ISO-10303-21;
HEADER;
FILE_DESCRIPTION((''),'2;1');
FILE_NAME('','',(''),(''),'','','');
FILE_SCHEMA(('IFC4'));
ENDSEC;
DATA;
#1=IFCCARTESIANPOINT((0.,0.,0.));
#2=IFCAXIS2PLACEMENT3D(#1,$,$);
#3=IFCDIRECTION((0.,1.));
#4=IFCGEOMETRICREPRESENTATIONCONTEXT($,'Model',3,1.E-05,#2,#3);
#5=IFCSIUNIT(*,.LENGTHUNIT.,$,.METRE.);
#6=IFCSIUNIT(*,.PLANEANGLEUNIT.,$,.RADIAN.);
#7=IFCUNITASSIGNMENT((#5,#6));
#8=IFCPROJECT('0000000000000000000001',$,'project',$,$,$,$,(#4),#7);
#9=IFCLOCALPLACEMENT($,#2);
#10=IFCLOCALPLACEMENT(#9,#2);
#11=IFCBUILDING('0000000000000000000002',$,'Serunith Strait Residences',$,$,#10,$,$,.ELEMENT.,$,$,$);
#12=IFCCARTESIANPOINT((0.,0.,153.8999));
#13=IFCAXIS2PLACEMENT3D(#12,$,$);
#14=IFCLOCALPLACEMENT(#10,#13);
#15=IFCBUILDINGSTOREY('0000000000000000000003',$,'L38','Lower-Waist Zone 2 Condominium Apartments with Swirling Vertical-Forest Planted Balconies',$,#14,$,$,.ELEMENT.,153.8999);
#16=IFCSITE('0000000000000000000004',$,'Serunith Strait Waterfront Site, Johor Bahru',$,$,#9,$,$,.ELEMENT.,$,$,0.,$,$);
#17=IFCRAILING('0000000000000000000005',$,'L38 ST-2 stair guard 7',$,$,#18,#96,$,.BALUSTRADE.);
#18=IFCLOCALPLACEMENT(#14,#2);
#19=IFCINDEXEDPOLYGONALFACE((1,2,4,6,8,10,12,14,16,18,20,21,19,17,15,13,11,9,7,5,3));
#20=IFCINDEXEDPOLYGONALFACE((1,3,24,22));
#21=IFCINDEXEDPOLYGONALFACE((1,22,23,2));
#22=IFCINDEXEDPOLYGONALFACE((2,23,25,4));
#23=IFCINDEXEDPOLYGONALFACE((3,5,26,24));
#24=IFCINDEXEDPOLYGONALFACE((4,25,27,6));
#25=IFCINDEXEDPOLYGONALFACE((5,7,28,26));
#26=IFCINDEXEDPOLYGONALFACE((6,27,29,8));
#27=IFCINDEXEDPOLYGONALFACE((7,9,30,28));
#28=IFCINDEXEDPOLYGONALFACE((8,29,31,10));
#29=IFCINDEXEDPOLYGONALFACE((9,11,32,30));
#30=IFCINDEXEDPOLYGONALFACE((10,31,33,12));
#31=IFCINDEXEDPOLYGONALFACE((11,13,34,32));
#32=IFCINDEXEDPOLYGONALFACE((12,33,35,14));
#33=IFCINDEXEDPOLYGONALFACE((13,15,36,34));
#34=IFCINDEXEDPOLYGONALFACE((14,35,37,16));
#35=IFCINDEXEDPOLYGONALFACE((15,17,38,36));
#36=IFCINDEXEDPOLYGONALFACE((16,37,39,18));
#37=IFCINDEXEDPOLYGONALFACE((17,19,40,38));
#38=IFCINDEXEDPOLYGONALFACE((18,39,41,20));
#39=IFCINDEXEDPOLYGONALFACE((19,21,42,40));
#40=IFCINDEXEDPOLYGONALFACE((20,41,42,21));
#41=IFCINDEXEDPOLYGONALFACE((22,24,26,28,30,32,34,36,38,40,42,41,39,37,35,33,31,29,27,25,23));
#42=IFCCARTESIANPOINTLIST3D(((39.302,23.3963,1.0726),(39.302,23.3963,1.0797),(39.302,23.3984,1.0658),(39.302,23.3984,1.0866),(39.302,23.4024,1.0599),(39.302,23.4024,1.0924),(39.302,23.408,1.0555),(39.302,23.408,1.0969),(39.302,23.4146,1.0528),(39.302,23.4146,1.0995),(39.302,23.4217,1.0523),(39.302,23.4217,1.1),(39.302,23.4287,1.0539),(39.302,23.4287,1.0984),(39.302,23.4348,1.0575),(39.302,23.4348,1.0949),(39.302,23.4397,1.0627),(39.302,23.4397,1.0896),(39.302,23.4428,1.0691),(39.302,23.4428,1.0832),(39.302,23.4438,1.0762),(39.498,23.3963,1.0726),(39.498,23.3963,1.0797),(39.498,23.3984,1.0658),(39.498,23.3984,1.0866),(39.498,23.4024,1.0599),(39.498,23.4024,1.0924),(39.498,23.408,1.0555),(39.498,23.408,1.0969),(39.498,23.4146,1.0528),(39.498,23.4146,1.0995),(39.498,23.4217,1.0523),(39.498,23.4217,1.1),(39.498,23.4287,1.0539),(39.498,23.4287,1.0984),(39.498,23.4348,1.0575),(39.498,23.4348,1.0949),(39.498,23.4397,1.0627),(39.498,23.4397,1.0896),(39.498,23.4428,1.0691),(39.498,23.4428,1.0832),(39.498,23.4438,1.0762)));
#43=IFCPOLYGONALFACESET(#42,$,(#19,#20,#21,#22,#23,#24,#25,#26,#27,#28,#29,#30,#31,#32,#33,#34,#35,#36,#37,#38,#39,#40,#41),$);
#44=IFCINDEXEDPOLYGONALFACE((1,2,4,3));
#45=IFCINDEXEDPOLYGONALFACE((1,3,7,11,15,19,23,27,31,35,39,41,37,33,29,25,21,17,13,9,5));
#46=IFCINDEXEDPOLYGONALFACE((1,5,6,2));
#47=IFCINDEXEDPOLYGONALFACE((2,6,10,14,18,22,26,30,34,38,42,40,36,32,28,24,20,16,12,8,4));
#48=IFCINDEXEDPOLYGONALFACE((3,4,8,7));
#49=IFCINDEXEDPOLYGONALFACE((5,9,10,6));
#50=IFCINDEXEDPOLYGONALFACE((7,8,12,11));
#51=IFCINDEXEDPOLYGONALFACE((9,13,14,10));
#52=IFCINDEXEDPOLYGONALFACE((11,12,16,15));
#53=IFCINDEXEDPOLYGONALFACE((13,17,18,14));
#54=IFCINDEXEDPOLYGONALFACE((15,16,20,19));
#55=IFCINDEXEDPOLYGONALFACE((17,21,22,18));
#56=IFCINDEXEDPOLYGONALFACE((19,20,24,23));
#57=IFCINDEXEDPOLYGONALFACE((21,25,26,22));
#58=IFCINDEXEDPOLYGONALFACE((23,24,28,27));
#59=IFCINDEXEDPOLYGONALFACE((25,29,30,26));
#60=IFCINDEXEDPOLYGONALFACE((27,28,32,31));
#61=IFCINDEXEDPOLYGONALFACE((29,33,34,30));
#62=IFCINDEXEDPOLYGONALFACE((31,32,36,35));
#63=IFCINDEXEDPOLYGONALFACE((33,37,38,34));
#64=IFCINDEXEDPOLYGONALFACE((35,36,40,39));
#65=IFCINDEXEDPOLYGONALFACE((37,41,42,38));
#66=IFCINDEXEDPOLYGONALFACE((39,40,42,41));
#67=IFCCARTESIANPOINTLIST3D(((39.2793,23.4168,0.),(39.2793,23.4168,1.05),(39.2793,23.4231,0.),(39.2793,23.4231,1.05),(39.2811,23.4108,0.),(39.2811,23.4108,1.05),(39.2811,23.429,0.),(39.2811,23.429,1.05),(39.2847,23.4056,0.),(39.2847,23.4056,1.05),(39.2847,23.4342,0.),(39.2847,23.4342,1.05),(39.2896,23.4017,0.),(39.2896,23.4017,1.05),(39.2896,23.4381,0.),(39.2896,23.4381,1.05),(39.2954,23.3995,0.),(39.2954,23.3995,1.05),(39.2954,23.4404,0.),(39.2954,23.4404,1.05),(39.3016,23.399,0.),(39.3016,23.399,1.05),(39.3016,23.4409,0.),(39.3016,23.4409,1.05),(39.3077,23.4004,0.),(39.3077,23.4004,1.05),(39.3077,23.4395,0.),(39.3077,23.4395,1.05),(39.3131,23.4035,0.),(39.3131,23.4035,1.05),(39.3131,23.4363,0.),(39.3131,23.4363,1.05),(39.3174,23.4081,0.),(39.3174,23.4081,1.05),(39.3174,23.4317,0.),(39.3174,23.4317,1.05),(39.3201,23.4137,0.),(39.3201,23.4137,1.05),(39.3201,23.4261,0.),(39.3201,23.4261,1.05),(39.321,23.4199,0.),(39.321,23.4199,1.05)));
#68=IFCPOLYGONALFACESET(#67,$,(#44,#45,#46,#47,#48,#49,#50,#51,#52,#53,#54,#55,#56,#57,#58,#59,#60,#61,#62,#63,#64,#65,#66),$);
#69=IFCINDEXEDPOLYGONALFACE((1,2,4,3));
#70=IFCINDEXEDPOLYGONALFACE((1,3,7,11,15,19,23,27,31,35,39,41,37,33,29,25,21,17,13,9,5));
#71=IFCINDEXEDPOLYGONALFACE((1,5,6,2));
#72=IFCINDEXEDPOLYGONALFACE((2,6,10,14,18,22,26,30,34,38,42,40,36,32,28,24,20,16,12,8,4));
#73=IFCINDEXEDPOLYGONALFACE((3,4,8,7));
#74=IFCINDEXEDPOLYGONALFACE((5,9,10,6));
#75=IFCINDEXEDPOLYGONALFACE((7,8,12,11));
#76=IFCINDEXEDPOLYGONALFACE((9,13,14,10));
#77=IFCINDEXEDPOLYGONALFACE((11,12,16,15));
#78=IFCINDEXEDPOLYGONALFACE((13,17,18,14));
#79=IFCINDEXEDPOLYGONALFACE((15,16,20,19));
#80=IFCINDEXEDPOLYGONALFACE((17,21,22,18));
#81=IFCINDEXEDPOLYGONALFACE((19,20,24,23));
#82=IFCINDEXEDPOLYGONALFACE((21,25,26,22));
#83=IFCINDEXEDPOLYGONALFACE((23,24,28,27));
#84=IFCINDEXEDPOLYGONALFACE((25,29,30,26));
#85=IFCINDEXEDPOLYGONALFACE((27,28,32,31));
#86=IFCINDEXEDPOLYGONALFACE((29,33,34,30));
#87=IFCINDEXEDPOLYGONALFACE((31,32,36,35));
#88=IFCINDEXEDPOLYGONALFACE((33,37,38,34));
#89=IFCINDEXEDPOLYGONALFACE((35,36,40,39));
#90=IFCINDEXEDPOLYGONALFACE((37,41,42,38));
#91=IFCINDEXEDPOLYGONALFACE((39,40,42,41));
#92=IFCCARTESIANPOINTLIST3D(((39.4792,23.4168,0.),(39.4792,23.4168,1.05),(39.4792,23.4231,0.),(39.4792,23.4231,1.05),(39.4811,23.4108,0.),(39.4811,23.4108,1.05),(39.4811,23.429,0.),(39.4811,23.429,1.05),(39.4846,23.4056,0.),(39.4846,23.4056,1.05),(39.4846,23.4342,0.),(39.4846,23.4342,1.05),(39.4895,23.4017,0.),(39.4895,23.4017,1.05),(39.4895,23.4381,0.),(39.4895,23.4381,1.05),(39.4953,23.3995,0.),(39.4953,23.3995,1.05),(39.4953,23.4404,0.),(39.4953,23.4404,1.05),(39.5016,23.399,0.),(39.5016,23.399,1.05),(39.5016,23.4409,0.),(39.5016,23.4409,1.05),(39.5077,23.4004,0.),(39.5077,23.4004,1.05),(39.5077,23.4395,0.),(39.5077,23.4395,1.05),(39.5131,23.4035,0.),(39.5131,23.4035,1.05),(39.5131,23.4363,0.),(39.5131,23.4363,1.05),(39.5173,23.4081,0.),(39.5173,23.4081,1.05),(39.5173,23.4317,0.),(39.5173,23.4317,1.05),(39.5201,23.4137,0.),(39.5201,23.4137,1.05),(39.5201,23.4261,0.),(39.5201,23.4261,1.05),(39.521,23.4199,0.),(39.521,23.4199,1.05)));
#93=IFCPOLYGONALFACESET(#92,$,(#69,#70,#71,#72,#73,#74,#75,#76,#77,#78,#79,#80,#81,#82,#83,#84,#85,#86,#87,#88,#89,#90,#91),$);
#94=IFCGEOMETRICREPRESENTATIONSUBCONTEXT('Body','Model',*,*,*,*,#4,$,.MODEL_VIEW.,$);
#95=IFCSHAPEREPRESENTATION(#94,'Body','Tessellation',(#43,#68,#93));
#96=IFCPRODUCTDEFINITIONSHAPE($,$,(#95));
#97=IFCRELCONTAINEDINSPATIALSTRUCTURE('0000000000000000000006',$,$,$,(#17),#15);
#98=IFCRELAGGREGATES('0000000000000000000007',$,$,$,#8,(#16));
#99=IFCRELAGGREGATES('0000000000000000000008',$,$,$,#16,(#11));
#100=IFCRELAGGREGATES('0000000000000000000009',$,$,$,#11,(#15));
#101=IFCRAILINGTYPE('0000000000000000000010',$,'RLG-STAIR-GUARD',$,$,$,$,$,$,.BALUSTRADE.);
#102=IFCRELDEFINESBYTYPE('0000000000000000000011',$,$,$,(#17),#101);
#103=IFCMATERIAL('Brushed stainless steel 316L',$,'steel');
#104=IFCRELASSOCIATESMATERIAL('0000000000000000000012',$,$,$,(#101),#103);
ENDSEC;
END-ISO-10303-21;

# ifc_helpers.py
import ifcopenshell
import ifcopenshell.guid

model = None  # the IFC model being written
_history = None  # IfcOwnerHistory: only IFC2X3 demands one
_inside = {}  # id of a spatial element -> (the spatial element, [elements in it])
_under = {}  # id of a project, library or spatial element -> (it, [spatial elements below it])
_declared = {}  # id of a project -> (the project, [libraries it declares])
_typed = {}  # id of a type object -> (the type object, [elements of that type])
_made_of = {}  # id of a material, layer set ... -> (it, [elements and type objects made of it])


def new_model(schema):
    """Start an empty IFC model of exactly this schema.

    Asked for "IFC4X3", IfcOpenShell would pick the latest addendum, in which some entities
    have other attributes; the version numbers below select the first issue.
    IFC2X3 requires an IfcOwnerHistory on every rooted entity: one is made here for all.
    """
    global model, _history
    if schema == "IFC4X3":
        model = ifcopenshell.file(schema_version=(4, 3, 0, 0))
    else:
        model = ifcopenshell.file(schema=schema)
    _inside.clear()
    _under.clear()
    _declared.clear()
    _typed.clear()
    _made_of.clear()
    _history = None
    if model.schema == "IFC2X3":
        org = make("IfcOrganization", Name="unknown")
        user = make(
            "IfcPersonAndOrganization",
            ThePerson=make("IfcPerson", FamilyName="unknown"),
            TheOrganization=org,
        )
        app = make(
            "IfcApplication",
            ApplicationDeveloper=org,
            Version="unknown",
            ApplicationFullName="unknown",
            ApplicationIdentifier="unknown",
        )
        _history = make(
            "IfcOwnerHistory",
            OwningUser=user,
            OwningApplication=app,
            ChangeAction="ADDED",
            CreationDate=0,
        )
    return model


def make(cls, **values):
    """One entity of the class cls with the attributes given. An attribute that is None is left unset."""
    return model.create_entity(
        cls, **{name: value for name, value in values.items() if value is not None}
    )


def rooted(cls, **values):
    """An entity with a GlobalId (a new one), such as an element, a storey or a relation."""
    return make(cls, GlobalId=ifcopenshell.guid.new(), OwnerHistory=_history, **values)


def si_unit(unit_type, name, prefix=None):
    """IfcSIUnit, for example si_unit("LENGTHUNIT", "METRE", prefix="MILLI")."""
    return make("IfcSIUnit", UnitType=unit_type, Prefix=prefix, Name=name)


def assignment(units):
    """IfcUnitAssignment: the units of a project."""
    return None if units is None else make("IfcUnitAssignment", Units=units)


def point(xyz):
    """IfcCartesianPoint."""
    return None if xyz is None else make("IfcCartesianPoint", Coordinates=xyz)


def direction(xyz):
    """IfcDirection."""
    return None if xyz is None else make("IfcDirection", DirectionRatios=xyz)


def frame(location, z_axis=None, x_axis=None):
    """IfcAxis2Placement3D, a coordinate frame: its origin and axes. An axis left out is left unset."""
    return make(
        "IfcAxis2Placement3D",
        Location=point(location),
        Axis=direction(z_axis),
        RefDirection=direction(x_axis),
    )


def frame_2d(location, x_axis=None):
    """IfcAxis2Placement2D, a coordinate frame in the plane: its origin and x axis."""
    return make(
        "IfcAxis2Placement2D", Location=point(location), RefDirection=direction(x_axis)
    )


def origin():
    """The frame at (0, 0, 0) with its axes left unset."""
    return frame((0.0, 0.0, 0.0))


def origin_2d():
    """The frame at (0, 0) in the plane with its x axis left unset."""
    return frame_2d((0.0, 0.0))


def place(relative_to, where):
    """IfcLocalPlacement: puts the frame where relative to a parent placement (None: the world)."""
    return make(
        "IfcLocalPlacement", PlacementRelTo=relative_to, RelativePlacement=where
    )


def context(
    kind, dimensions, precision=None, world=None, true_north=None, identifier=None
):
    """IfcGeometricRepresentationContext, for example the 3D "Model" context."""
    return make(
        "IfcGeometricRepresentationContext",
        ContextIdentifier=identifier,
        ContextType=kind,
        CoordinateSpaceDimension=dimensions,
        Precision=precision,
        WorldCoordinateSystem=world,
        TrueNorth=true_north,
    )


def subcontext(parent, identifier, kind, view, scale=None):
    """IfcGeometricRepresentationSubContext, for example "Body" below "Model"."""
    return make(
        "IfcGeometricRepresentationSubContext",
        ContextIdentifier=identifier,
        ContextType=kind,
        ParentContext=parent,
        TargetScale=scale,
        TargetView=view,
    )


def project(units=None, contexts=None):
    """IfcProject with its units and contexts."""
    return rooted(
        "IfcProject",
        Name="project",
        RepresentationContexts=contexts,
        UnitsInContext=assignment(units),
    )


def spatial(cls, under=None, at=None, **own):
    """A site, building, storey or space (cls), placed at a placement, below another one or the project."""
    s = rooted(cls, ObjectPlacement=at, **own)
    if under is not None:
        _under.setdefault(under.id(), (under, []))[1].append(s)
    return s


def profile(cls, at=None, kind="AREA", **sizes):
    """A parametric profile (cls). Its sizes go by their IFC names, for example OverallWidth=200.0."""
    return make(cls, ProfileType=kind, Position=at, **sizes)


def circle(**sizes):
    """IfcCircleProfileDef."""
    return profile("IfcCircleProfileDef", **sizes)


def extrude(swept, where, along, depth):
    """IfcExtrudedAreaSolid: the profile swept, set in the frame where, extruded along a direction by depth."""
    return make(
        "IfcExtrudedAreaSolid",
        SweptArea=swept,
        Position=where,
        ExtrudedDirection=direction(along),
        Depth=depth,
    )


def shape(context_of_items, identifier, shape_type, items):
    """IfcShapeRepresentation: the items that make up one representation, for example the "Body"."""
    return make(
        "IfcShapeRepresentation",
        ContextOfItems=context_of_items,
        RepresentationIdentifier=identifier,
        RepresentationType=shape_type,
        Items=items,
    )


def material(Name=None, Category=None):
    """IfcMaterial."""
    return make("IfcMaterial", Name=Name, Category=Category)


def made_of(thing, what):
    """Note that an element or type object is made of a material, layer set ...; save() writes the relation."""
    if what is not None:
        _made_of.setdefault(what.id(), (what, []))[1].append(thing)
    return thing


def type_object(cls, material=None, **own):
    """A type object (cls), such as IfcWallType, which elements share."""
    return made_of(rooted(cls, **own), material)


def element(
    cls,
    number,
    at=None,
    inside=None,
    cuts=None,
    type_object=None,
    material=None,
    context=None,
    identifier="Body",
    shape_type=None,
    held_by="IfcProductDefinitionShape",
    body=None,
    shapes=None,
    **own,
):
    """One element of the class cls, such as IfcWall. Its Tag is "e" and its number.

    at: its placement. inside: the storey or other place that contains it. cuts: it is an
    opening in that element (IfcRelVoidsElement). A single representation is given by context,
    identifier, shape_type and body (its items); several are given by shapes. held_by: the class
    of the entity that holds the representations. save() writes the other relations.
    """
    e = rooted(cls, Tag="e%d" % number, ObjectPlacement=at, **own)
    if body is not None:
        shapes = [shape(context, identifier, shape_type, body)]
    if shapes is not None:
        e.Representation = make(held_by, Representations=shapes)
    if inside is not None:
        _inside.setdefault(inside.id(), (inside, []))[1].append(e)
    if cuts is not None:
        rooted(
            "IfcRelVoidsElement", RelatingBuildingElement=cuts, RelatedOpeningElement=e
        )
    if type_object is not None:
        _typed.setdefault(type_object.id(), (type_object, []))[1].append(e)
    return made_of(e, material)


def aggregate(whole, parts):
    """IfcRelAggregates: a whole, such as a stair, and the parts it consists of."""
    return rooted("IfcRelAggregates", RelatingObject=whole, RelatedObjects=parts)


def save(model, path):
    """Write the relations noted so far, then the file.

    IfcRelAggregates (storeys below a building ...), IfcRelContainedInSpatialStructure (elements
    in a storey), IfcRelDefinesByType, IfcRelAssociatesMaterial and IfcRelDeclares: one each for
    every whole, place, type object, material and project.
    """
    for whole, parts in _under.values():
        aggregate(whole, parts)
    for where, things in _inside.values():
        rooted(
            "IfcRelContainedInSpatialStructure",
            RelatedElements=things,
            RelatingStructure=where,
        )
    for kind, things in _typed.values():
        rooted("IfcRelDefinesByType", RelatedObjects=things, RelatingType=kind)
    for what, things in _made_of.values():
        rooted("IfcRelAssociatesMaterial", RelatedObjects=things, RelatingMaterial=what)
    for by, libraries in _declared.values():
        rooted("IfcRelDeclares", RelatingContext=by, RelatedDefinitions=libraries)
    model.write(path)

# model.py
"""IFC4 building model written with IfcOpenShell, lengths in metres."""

from ifc_helpers import new_model, si_unit, direction, frame, origin, origin_2d, place, context, subcontext, project, spatial, circle, extrude, material, type_object, element, save


model = new_model("IFC4")

# Units and contexts
model_context = context("Model", 3, precision=1e-05, world=origin(), true_north=direction((0.0, 1.0)))
body_context = subcontext(model_context, "Body", "Model", "MODEL_VIEW")
ifc_project = project(units=[si_unit("LENGTHUNIT", "METRE"), si_unit("PLANEANGLEUNIT", "RADIAN")], contexts=[model_context])

# Site, building, storey
site_placement = place(None, origin())
site = spatial("IfcSite", under=ifc_project, at=site_placement, Name="Serunith Strait Waterfront Site, Johor Bahru", CompositionType="ELEMENT", RefElevation=0.0)
building_placement = place(site_placement, origin())
building = spatial("IfcBuilding", under=site, at=building_placement, Name="Serunith Strait Residences", CompositionType="ELEMENT")
storey_placement = place(building_placement, frame((0.0, 0.0, 153.8999)))
storey = spatial("IfcBuildingStorey", under=building, at=storey_placement, Name="L38", Description="Lower-Waist Zone 2 Condominium Apartments with Swirling Vertical-Forest Planted Balconies", CompositionType="ELEMENT", Elevation=153.8999)

# Railing
ifc_material_1 = material(Name="Brushed stainless steel 316L", Category="steel")
railing_type_1 = type_object("IfcRailingType", Name="RLG-STAIR-GUARD", PredefinedType="BALUSTRADE", material=ifc_material_1)
railing_1_placement = place(storey_placement, frame((39.3, 23.4199, 0.0)))
element("IfcRailing", 1, at=railing_1_placement, inside=storey, type_object=railing_type_1, Name="L38 ST-2 stair guard 7", PredefinedType="BALUSTRADE", context=body_context, shape_type="SweptSolid", body=[
    extrude(circle(Radius=0.0239, at=origin_2d()), frame((0.002, 0.0, 1.0762), z_axis=(1.0, 0.0, 0.0), x_axis=(0.0, 1.0, 0.0)), (0.0, 0.0, 1.0), 0.196),
    extrude(circle(Radius=0.021, at=origin_2d()), origin(), (0.0, 0.0, 1.0), 1.05),
    extrude(circle(Radius=0.021, at=origin_2d()), frame((0.2, 0.0, 0.0)), (0.0, 0.0, 1.0), 1.05),
])

save(model, "model.ifc")
